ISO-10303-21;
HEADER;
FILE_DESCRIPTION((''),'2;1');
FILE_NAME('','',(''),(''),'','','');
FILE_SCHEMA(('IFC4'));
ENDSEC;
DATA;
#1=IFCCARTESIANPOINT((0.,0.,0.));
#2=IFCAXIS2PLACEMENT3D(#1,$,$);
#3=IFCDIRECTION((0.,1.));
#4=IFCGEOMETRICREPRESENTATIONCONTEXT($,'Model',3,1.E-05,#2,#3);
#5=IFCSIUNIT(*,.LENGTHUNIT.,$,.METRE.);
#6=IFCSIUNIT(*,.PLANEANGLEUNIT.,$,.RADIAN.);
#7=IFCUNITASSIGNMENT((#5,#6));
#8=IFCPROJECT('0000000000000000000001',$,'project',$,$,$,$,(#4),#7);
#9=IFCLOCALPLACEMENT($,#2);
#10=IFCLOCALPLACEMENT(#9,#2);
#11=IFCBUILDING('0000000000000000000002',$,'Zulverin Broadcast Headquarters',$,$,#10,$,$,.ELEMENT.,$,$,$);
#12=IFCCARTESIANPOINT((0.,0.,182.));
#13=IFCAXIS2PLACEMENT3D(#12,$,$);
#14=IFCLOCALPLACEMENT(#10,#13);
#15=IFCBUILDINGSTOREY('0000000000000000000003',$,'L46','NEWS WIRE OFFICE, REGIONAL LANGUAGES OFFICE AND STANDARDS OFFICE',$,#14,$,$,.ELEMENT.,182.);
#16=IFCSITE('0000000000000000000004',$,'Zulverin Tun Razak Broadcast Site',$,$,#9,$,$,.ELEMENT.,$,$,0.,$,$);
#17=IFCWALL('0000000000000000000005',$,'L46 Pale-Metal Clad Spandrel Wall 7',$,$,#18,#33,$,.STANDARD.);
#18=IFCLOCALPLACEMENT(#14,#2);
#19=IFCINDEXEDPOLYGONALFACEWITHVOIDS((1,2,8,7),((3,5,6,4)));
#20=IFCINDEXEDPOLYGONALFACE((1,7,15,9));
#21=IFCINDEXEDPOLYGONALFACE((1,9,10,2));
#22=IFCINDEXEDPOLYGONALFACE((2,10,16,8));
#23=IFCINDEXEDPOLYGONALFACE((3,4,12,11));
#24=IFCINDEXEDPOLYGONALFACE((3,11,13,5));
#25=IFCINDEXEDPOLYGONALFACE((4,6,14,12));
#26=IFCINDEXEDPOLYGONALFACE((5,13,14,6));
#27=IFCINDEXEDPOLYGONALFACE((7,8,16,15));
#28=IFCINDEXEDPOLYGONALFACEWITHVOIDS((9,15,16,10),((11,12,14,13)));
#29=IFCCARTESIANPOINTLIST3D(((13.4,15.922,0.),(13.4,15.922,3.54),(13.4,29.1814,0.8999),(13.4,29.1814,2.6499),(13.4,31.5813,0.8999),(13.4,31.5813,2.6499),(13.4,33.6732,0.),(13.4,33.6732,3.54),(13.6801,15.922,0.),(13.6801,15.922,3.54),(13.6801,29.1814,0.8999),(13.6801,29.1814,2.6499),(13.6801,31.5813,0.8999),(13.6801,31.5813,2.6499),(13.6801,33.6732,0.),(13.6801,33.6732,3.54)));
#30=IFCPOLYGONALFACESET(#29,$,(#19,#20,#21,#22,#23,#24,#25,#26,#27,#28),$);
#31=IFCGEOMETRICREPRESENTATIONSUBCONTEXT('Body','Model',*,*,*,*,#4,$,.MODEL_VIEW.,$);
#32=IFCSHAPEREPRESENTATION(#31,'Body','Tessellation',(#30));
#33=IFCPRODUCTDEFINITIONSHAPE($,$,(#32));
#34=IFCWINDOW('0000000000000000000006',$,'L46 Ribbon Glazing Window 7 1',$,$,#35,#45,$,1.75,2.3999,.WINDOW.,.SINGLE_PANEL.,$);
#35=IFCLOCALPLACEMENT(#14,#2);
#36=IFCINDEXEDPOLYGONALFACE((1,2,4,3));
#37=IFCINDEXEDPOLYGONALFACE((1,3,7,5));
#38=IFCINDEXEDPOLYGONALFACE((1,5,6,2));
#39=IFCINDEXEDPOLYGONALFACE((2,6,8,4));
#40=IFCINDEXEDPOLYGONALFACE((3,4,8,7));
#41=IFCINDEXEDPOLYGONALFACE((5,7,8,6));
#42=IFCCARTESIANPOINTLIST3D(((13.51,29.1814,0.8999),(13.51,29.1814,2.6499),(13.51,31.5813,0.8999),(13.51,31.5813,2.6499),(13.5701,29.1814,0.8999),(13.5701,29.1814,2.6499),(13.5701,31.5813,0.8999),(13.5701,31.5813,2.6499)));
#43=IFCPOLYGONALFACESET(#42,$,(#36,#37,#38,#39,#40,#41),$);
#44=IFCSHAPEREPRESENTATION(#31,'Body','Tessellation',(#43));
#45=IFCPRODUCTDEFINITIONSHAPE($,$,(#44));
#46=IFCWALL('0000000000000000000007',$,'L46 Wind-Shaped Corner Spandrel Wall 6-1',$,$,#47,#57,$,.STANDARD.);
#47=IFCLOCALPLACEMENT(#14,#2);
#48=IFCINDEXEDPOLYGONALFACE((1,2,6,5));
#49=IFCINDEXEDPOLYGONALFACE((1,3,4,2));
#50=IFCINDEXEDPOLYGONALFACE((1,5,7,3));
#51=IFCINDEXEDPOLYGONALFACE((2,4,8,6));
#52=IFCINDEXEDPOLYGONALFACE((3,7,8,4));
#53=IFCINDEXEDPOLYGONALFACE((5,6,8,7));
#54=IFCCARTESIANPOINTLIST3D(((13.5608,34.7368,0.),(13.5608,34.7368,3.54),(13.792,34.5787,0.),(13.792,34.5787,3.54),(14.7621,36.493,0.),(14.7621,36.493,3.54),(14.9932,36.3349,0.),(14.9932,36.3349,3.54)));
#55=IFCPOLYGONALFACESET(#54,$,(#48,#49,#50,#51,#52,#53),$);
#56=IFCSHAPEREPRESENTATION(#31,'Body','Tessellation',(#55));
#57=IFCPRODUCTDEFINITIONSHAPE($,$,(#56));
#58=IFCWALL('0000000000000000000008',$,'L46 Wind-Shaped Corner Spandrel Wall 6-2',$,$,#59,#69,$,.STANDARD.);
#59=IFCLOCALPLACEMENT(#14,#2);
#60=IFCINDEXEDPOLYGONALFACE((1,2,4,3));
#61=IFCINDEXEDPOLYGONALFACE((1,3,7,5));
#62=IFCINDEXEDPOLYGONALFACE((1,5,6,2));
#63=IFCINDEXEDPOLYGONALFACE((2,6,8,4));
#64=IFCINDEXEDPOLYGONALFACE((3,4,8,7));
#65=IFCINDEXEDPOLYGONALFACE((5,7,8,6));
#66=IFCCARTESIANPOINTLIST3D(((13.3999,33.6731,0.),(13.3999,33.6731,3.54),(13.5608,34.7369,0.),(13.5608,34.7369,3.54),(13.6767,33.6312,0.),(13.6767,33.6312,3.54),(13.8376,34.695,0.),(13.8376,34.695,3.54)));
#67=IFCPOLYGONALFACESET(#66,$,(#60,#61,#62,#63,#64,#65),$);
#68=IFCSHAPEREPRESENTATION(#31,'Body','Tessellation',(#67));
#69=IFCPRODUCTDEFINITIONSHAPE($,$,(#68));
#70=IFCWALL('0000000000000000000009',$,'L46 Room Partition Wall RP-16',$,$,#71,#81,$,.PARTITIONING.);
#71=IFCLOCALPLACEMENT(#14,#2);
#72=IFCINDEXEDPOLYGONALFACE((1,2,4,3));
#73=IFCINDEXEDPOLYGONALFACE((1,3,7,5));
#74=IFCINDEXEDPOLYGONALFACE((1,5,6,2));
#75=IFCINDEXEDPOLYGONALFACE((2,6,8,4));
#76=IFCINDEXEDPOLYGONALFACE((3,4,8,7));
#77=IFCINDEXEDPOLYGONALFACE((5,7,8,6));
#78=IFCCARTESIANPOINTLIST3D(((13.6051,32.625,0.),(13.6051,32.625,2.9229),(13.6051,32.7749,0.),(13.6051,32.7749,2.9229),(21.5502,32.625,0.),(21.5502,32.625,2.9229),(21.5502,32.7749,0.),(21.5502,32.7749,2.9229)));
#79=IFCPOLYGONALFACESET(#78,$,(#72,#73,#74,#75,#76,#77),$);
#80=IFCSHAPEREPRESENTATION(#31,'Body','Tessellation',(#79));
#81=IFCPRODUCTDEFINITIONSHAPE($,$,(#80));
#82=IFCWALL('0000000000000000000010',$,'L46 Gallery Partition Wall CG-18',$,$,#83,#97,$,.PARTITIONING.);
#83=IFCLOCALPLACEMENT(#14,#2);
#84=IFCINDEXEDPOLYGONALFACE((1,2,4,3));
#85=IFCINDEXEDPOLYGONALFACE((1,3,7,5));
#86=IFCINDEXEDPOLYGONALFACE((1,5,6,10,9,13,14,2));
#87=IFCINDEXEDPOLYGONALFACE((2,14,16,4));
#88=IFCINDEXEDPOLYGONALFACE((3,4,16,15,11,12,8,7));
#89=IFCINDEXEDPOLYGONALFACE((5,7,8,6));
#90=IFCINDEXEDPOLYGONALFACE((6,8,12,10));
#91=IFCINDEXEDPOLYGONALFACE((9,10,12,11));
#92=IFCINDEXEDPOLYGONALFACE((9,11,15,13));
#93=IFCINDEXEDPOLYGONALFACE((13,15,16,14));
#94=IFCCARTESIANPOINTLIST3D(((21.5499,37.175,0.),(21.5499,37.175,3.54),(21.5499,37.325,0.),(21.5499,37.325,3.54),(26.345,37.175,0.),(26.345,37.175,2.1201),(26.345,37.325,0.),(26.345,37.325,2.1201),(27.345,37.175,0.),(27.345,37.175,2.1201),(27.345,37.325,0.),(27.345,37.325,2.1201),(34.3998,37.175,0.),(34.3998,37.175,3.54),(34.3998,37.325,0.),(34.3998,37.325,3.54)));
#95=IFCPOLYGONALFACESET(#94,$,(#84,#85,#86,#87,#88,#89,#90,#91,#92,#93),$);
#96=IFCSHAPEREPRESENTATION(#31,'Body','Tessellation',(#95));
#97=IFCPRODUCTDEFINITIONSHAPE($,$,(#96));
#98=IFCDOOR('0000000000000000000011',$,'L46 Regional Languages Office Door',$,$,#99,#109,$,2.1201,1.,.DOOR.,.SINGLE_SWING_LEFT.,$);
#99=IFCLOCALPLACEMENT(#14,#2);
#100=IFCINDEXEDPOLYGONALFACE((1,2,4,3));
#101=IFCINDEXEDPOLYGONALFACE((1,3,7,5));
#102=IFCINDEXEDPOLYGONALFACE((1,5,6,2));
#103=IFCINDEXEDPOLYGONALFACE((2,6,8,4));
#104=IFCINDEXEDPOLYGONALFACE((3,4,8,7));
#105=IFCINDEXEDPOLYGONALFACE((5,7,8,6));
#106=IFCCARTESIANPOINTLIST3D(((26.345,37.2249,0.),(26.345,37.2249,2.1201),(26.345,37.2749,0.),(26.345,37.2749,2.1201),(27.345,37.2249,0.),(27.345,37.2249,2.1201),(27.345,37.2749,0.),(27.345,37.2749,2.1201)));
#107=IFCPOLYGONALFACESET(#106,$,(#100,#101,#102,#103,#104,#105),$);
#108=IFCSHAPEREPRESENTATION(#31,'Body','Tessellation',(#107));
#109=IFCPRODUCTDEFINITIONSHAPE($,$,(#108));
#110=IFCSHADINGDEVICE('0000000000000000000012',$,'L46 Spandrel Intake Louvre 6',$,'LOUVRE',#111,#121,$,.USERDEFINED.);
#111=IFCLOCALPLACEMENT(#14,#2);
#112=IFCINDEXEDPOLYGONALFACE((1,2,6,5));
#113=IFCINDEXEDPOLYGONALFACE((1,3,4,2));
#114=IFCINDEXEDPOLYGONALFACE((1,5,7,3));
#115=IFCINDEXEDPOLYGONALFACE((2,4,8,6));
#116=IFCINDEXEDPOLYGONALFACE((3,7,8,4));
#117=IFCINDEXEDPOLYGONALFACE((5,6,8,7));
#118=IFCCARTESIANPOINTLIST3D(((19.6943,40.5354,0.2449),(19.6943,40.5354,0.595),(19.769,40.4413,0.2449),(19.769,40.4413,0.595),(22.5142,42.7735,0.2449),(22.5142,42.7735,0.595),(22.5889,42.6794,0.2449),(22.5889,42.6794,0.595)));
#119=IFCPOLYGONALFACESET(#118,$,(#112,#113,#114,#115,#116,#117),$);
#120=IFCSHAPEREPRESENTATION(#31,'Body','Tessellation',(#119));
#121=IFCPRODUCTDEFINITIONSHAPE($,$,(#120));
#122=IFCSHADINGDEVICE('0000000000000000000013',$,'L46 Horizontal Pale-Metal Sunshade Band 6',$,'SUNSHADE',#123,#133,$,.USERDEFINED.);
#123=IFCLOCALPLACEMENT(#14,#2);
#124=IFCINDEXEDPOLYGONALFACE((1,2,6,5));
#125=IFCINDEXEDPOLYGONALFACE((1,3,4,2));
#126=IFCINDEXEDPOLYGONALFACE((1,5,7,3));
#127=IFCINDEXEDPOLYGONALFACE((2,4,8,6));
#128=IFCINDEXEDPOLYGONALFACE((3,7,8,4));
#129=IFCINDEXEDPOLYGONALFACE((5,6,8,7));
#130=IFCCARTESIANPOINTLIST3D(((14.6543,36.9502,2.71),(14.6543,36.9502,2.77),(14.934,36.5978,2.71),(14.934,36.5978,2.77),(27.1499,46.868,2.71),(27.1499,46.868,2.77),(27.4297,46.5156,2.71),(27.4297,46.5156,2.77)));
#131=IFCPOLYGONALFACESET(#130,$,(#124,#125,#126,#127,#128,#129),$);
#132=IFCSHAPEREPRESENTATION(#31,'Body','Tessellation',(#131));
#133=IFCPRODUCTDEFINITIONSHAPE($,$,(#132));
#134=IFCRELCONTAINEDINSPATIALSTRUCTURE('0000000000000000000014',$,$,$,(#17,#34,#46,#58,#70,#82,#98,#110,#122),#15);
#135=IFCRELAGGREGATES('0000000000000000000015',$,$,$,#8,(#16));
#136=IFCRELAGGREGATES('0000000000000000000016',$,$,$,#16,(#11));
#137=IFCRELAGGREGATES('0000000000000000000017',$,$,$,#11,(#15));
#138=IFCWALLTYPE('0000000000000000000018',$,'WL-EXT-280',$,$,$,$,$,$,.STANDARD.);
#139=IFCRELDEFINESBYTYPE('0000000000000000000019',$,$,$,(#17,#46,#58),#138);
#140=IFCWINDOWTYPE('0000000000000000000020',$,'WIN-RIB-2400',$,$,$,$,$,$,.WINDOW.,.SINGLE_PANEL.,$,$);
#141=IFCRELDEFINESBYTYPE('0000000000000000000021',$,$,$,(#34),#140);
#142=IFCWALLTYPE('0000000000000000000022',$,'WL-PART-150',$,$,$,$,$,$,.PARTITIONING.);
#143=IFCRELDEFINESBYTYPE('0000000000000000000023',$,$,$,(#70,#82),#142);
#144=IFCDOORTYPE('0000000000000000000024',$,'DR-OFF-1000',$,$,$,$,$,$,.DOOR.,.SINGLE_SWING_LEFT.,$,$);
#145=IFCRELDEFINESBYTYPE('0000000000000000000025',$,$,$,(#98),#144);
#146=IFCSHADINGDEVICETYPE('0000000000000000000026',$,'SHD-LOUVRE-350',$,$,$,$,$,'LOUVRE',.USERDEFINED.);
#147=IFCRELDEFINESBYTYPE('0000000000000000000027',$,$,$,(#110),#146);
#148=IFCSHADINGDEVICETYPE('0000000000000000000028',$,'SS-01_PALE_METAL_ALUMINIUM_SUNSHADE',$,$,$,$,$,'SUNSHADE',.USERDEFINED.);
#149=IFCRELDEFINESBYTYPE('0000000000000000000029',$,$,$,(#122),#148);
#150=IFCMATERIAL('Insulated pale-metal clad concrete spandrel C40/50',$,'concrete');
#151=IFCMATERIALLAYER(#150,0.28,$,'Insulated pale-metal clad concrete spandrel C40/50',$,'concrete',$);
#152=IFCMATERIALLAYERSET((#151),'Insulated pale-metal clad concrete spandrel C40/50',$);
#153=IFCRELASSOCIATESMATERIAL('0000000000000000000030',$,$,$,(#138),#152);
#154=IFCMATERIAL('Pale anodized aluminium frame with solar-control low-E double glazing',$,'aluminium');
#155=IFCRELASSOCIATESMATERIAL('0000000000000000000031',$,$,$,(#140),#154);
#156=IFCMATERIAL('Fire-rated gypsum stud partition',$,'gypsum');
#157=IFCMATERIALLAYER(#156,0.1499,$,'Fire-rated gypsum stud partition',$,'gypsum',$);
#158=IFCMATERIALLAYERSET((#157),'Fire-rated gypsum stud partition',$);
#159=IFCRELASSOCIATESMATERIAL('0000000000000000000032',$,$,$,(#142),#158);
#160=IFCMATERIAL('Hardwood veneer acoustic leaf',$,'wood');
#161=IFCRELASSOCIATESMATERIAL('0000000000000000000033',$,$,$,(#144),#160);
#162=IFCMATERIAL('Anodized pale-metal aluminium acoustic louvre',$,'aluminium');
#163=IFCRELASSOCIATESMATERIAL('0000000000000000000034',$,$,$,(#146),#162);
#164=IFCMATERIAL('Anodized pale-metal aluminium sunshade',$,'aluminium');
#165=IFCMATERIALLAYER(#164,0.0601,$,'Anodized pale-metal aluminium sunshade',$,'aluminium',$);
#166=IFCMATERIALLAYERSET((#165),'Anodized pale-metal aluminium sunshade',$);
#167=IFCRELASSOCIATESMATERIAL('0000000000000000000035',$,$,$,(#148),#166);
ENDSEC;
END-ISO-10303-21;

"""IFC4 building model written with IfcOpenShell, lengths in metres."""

from ifc_helpers import new_model, si_unit, direction, frame, frame_2d, origin, origin_2d, place, context, subcontext, project, spatial, rectangle, extrude, material, layer, layer_set, type_object, element, fill, save


model = new_model("IFC4")

# Units and contexts
model_context = context("Model", 3, precision=1e-05, world=origin(), true_north=direction((0.0, 1.0)))
body_context = subcontext(model_context, "Body", "Model", "MODEL_VIEW")
ifc_project = project(units=[si_unit("LENGTHUNIT", "METRE"), si_unit("PLANEANGLEUNIT", "RADIAN")], contexts=[model_context])

# Site, building, storey
site_placement = place(None, origin())
site = spatial("IfcSite", under=ifc_project, at=site_placement, Name="Zulverin Tun Razak Broadcast Site", CompositionType="ELEMENT", RefElevation=0.0)
building_placement = place(site_placement, origin())
building = spatial("IfcBuilding", under=site, at=building_placement, Name="Zulverin Broadcast Headquarters", CompositionType="ELEMENT")
storey_placement = place(building_placement, frame((0.0, 0.0, 182.0)))
storey = spatial("IfcBuildingStorey", under=building, at=storey_placement, Name="L46", Description="NEWS WIRE OFFICE, REGIONAL LANGUAGES OFFICE AND STANDARDS OFFICE", CompositionType="ELEMENT", Elevation=182.0)

# Wall, opening, window
ifc_material_1 = material(Name="Insulated pale-metal clad concrete spandrel C40/50", Category="concrete")
ifc_layer_1 = layer(ifc_material_1, 0.28, Name="Insulated pale-metal clad concrete spandrel C40/50", Category="concrete")
ifc_layer_set_1 = layer_set([ifc_layer_1], Name="Insulated pale-metal clad concrete spandrel C40/50")
wall_type_1 = type_object("IfcWallType", Name="WL-EXT-280", PredefinedType="STANDARD", material=ifc_layer_set_1)
wall_1_placement = place(storey_placement, frame((13.54, 33.6731, 0.0), z_axis=(0.0, 0.0, 1.0), x_axis=(0.0, -1.0, 0.0)))
wall_1 = element("IfcWall", 1, at=wall_1_placement, inside=storey, type_object=wall_type_1, Name="L46 Pale-Metal Clad Spandrel Wall 7", PredefinedType="STANDARD", context=body_context, shape_type="SweptSolid", body=[
    extrude(rectangle(XDim=17.7512, YDim=0.28, at=frame_2d((8.8755, 0.0))), origin(), (0.0, 0.0, 1.0), 3.54),
])
opening_1_placement = place(wall_1_placement, frame((2.0918, 0.0, 0.8999)))
opening_1 = element("IfcOpeningElement", 2, at=opening_1_placement, cuts=wall_1, PredefinedType="OPENING", context=body_context, shape_type="SweptSolid", body=[
    extrude(rectangle(XDim=2.3999, YDim=1.75, at=frame_2d((1.2, 0.875))), frame((0.0, 0.1499, 0.0), z_axis=(0.0, -1.0, 0.0), x_axis=(1.0, 0.0, 0.0)), (0.0, 0.0, 1.0), 0.3),
])
ifc_material_2 = material(Name="Pale anodized aluminium frame with solar-control low-E double glazing", Category="aluminium")
window_type = type_object("IfcWindowType", Name="WIN-RIB-2400", PartitioningType="SINGLE_PANEL", PredefinedType="WINDOW", material=ifc_material_2)
window_placement = place(opening_1_placement, origin())
window = element("IfcWindow", 3, at=window_placement, inside=storey, type_object=window_type, Name="L46 Ribbon Glazing Window 7 1", OverallHeight=1.75, OverallWidth=2.3999, PartitioningType="SINGLE_PANEL", PredefinedType="WINDOW", context=body_context, shape_type="SweptSolid", body=[
    extrude(rectangle(XDim=2.3999, YDim=1.75, at=frame_2d((1.2, 0.875))), frame((0.0, 0.03, 0.0), z_axis=(0.0, -1.0, 0.0), x_axis=(1.0, 0.0, 0.0)), (0.0, 0.0, 1.0), 0.0601),
])
fill(opening_1, window)

# Walls
wall_2_placement = place(storey_placement, frame((14.8777, 36.4141, 0.0), z_axis=(0.0, 0.0, 1.0), x_axis=(-0.564565, -0.825389, 0.0)))
element("IfcWall", 4, at=wall_2_placement, inside=storey, type_object=wall_type_1, Name="L46 Wind-Shaped Corner Spandrel Wall 6-1", PredefinedType="STANDARD", context=body_context, shape_type="SweptSolid", body=[
    extrude(rectangle(XDim=2.1277, YDim=0.28, at=frame_2d((1.064, 0.0))), origin(), (0.0, 0.0, 1.0), 3.54),
])
wall_3_placement = place(storey_placement, frame((13.6992, 34.7161, 0.0), z_axis=(0.0, 0.0, 1.0), x_axis=(-0.14955, -0.988754, 0.0)))
element("IfcWall", 5, at=wall_3_placement, inside=storey, type_object=wall_type_1, Name="L46 Wind-Shaped Corner Spandrel Wall 6-2", PredefinedType="STANDARD", context=body_context, shape_type="SweptSolid", body=[
    extrude(rectangle(XDim=1.0759, YDim=0.28, at=frame_2d((0.5381, 0.0))), origin(), (0.0, 0.0, 1.0), 3.54),
])
ifc_material_3 = material(Name="Fire-rated gypsum stud partition", Category="gypsum")
ifc_layer_2 = layer(ifc_material_3, 0.1499, Name="Fire-rated gypsum stud partition", Category="gypsum")
ifc_layer_set_2 = layer_set([ifc_layer_2], Name="Fire-rated gypsum stud partition")
wall_type_2 = type_object("IfcWallType", Name="WL-PART-150", PredefinedType="PARTITIONING", material=ifc_layer_set_2)
wall_4_placement = place(storey_placement, frame((13.605, 32.7, 0.0), z_axis=(0.0, 0.0, 1.0), x_axis=(1.0, 0.0, 0.0)))
element("IfcWall", 6, at=wall_4_placement, inside=storey, type_object=wall_type_2, Name="L46 Room Partition Wall RP-16", PredefinedType="PARTITIONING", context=body_context, shape_type="SweptSolid", body=[
    extrude(rectangle(XDim=7.9451, YDim=0.1499, at=frame_2d((3.9727, 0.0))), origin(), (0.0, 0.0, 1.0), 2.9229),
])

# Wall, opening, door
wall_5_placement = place(storey_placement, frame((21.55, 37.25, 0.0), z_axis=(0.0, 0.0, 1.0), x_axis=(1.0, 0.0, 0.0)))
wall_5 = element("IfcWall", 7, at=wall_5_placement, inside=storey, type_object=wall_type_2, Name="L46 Gallery Partition Wall CG-18", PredefinedType="PARTITIONING", context=body_context, shape_type="SweptSolid", body=[
    extrude(rectangle(XDim=12.8499, YDim=0.1499, at=frame_2d((6.4248, 0.0))), origin(), (0.0, 0.0, 1.0), 3.54),
])
opening_2_placement = place(wall_5_placement, frame((4.7949, 0.0, 0.0)))
opening_2 = element("IfcOpeningElement", 8, at=opening_2_placement, cuts=wall_5, PredefinedType="OPENING", context=body_context, shape_type="SweptSolid", body=[
    extrude(rectangle(XDim=1.0, YDim=2.1201, at=frame_2d((0.5, 1.0601))), frame((0.0, 0.085, 0.0), z_axis=(0.0, -1.0, 0.0), x_axis=(1.0, 0.0, 0.0)), (0.0, 0.0, 1.0), 0.1699),
])
ifc_material_4 = material(Name="Hardwood veneer acoustic leaf", Category="wood")
door_type = type_object("IfcDoorType", Name="DR-OFF-1000", OperationType="SINGLE_SWING_LEFT", PredefinedType="DOOR", material=ifc_material_4)
door_placement = place(opening_2_placement, origin())
door = element("IfcDoor", 9, at=door_placement, inside=storey, type_object=door_type, Name="L46 Regional Languages Office Door", OperationType="SINGLE_SWING_LEFT", OverallHeight=2.1201, OverallWidth=1.0, PredefinedType="DOOR", context=body_context, shape_type="SweptSolid", body=[
    extrude(rectangle(XDim=1.0, YDim=2.1201, at=frame_2d((0.5, 1.0601))), frame((0.0, 0.0249, 0.0), z_axis=(0.0, -1.0, 0.0), x_axis=(1.0, 0.0, 0.0)), (0.0, 0.0, 1.0), 0.05),
])
fill(opening_2, door)

# Shading devices
ifc_material_5 = material(Name="Anodized pale-metal aluminium acoustic louvre", Category="aluminium")
shading_device_type_1 = type_object("IfcShadingDeviceType", Name="SHD-LOUVRE-350", ElementType="LOUVRE", PredefinedType="USERDEFINED", material=ifc_material_5)
shading_device_1_placement = place(storey_placement, frame((21.1416, 41.6074, 0.2449), z_axis=(0.0, 0.0, 1.0), x_axis=(-0.78327, -0.621681, 0.0)))
element("IfcShadingDevice", 10, at=shading_device_1_placement, inside=storey, type_object=shading_device_type_1, Name="L46 Spandrel Intake Louvre 6", ObjectType="LOUVRE", PredefinedType="USERDEFINED", context=body_context, shape_type="SweptSolid", body=[
    extrude(rectangle(XDim=3.6001, YDim=0.1201, at=origin_2d()), origin(), (0.0, 0.0, 1.0), 0.3501),
])
ifc_material_6 = material(Name="Anodized pale-metal aluminium sunshade", Category="aluminium")
ifc_layer_3 = layer(ifc_material_6, 0.0601, Name="Anodized pale-metal aluminium sunshade", Category="aluminium")
ifc_layer_set_3 = layer_set([ifc_layer_3], Name="Anodized pale-metal aluminium sunshade")
shading_device_type_2 = type_object("IfcShadingDeviceType", Name="SS-01_PALE_METAL_ALUMINIUM_SUNSHADE", ElementType="SUNSHADE", PredefinedType="USERDEFINED", material=ifc_layer_set_3)
shading_device_2_placement = place(storey_placement, frame((21.042, 41.7329, 2.71), z_axis=(0.0, 0.0, 1.0), x_axis=(-0.78327, -0.621681, 0.0)))
element("IfcShadingDevice", 11, at=shading_device_2_placement, inside=storey, type_object=shading_device_type_2, Name="L46 Horizontal Pale-Metal Sunshade Band 6", ObjectType="SUNSHADE", PredefinedType="USERDEFINED", context=body_context, shape_type="SweptSolid", body=[
    extrude(rectangle(XDim=15.9531, YDim=0.45, at=origin_2d()), origin(), (0.0, 0.0, 1.0), 0.0601),
])

save(model, "model.ifc")
